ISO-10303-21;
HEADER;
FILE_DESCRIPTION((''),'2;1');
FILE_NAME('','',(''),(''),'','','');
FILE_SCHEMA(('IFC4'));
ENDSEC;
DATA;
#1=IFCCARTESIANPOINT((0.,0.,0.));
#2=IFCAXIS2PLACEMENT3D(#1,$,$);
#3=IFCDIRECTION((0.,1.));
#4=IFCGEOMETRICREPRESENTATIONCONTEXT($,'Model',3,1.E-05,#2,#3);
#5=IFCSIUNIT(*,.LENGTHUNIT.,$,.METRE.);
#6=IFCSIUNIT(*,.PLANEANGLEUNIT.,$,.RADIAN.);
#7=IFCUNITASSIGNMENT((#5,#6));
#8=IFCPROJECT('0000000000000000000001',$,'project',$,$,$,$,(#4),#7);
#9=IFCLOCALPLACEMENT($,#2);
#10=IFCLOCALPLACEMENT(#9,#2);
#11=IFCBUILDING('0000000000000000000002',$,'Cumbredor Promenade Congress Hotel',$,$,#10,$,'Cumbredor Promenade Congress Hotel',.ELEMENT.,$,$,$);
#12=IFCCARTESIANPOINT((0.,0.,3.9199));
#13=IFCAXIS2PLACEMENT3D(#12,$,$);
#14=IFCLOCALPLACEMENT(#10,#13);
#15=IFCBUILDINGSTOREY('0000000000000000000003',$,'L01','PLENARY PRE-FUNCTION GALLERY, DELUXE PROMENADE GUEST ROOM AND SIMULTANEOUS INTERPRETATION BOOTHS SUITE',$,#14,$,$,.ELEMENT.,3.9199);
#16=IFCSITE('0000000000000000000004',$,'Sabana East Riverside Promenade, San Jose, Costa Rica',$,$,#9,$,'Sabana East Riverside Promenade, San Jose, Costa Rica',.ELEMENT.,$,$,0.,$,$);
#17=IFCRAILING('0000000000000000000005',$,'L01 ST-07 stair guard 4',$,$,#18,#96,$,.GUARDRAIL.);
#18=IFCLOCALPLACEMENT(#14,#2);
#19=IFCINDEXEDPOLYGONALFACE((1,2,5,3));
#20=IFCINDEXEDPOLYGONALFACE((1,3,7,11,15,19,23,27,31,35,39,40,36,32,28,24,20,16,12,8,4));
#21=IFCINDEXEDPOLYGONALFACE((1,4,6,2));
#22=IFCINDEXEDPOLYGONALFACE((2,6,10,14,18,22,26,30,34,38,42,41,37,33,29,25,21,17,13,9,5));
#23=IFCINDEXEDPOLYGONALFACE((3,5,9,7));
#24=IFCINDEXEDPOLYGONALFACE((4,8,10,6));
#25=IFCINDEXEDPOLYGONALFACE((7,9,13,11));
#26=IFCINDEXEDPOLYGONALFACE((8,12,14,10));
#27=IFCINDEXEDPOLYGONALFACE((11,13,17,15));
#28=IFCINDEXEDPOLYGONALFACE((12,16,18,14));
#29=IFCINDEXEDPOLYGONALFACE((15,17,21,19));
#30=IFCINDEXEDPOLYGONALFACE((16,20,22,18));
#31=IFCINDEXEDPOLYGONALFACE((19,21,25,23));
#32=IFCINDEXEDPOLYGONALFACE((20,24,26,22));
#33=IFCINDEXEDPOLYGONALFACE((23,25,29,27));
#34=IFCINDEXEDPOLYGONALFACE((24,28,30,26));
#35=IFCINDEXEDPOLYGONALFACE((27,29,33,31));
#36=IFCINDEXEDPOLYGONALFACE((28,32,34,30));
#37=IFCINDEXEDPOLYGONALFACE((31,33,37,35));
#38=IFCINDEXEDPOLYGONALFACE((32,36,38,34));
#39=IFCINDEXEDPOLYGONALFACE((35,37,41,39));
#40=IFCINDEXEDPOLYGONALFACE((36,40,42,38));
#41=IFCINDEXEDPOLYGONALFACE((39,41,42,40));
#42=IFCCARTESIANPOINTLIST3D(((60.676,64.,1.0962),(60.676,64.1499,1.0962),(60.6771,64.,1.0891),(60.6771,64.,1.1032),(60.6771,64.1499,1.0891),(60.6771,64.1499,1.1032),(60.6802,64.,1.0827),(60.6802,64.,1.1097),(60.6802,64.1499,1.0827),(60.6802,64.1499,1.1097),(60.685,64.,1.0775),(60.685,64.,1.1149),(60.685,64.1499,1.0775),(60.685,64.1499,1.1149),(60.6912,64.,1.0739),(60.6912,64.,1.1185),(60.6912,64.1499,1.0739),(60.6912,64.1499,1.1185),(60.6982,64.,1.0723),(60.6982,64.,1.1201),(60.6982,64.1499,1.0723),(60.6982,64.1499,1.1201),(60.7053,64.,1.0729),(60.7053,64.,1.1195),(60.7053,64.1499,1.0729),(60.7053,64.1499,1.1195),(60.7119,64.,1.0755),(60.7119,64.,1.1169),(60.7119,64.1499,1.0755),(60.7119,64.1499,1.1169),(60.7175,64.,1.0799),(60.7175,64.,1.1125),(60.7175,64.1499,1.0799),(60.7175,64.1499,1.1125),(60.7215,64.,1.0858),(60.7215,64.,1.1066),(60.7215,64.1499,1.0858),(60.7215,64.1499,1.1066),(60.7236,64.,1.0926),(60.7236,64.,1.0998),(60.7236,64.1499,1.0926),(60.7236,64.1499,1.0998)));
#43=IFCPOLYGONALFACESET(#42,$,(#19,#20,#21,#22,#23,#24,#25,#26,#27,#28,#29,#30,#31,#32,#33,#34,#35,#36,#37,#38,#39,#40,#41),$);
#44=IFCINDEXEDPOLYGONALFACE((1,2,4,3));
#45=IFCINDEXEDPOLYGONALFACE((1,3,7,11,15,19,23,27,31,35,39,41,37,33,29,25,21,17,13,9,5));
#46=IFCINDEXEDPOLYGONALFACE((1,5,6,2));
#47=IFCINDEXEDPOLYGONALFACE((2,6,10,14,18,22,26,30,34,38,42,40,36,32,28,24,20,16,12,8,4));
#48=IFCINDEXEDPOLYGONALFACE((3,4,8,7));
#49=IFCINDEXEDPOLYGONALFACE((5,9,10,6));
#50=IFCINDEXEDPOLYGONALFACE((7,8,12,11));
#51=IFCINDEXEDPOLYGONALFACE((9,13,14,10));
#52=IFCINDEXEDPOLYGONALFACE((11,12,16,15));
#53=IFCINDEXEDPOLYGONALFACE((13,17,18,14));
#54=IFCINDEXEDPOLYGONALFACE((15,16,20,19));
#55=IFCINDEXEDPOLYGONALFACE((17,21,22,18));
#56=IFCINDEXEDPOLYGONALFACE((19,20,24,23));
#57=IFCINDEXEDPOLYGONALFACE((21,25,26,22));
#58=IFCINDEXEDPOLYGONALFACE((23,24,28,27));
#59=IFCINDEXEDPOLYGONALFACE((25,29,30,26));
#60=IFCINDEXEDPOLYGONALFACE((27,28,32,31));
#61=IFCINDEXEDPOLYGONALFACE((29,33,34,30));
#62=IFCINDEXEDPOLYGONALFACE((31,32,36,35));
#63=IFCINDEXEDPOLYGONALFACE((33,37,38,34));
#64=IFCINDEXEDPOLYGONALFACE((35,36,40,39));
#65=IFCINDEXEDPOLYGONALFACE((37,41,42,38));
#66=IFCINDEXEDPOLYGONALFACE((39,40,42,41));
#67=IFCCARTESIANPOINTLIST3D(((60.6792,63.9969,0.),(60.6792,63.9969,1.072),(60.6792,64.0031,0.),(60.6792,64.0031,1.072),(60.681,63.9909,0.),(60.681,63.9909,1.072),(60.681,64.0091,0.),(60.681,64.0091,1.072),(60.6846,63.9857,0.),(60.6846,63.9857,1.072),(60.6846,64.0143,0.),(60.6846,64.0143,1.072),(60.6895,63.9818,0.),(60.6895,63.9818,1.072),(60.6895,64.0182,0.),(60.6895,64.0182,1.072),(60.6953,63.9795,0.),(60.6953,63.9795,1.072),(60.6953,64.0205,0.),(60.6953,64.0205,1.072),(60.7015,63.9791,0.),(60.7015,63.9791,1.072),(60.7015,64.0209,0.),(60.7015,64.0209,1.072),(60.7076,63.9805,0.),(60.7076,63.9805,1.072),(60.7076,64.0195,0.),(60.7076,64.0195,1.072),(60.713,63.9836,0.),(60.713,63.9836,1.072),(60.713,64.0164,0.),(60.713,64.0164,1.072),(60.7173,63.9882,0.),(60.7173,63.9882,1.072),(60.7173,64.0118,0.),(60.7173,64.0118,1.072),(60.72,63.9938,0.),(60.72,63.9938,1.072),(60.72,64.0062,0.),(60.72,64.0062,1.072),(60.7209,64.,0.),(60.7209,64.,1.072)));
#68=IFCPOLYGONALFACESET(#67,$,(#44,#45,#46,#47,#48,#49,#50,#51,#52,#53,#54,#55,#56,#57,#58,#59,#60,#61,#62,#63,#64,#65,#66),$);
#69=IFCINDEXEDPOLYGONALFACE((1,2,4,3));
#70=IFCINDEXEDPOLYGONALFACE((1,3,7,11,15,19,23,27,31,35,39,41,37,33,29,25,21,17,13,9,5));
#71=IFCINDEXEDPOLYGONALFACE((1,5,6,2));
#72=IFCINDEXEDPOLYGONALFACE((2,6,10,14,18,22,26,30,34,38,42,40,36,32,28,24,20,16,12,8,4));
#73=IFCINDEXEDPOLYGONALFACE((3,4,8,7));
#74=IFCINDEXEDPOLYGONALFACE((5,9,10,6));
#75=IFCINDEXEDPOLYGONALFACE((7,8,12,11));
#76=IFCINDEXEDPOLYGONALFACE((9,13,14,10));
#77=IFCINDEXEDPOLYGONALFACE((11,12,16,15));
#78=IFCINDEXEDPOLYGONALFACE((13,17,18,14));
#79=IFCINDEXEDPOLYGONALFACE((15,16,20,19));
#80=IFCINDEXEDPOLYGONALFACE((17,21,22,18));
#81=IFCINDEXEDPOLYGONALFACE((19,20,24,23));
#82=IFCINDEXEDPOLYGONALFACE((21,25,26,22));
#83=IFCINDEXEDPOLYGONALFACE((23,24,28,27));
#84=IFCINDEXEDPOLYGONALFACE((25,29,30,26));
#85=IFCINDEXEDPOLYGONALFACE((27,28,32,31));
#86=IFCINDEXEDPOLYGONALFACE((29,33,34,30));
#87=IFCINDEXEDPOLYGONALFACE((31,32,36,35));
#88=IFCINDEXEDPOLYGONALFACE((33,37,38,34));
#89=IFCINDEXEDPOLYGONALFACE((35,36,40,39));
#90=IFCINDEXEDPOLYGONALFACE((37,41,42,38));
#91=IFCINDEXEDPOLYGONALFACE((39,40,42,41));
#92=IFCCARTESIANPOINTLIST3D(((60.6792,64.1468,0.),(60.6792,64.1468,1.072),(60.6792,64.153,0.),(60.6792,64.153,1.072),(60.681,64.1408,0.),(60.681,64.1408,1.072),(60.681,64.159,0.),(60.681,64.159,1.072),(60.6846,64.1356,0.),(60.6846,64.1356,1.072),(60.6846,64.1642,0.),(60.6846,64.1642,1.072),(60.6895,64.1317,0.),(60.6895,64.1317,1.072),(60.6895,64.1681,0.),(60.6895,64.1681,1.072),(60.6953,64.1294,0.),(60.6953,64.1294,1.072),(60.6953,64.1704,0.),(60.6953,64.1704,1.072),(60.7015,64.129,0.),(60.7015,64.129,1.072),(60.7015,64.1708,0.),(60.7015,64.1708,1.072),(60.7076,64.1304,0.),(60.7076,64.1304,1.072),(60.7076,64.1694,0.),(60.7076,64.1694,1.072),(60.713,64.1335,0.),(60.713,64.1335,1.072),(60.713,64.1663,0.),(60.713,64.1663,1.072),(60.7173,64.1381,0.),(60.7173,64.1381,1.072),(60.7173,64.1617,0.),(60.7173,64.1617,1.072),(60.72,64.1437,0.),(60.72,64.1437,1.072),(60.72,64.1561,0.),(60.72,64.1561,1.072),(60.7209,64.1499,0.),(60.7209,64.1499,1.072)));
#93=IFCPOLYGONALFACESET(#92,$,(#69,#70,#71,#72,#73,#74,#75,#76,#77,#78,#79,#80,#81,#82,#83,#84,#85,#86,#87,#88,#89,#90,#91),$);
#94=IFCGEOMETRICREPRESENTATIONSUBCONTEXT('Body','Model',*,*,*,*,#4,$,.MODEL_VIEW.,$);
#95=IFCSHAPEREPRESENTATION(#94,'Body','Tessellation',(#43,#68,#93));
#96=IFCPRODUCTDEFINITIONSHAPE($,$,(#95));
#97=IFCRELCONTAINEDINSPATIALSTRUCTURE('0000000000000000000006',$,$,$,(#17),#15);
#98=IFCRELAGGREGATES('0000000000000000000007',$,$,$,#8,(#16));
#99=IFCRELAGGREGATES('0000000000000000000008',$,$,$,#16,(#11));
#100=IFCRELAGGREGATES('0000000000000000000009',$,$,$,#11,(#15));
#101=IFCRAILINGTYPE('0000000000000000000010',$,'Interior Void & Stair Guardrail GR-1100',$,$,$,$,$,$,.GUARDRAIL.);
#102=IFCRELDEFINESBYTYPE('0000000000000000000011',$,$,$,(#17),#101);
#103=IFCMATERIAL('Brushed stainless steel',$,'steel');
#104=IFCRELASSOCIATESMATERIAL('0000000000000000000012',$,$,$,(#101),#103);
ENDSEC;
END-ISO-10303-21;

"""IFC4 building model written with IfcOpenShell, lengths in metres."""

from ifc_helpers import new_model, si_unit, direction, frame, origin, origin_2d, place, context, subcontext, project, spatial, circle, extrude, material, type_object, element, save


model = new_model("IFC4")

# Units and contexts
model_context = context("Model", 3, precision=1e-05, world=origin(), true_north=direction((0.0, 1.0)))
body_context = subcontext(model_context, "Body", "Model", "MODEL_VIEW")
ifc_project = project(units=[si_unit("LENGTHUNIT", "METRE"), si_unit("PLANEANGLEUNIT", "RADIAN")], contexts=[model_context])

# Site, building, storey
site_placement = place(None, origin())
site = spatial("IfcSite", under=ifc_project, at=site_placement, Name="Sabana East Riverside Promenade, San Jose, Costa Rica", LongName="Sabana East Riverside Promenade, San Jose, Costa Rica", CompositionType="ELEMENT", RefElevation=0.0)
building_placement = place(site_placement, origin())
building = spatial("IfcBuilding", under=site, at=building_placement, Name="Cumbredor Promenade Congress Hotel", LongName="Cumbredor Promenade Congress Hotel", CompositionType="ELEMENT")
storey_placement = place(building_placement, frame((0.0, 0.0, 3.9199)))
storey = spatial("IfcBuildingStorey", under=building, at=storey_placement, Name="L01", Description="PLENARY PRE-FUNCTION GALLERY, DELUXE PROMENADE GUEST ROOM AND SIMULTANEOUS INTERPRETATION BOOTHS SUITE", CompositionType="ELEMENT", Elevation=3.9199)

# Railing
ifc_material_1 = material(Name="Brushed stainless steel", Category="steel")
railing_type = type_object("IfcRailingType", Name="Interior Void & Stair Guardrail GR-1100", PredefinedType="GUARDRAIL", material=ifc_material_1)
railing_1_placement = place(storey_placement, frame((60.7, 64.0, 0.0)))
element("IfcRailing", 1, at=railing_1_placement, inside=storey, type_object=railing_type, Name="L01 ST-07 stair guard 4", PredefinedType="GUARDRAIL", context=body_context, shape_type="SweptSolid", body=[
    extrude(circle(Radius=0.0239, at=origin_2d()), frame((0.0, 0.0, 1.0962), z_axis=(0.0, 1.0, 0.0), x_axis=(-1.0, 0.0, 0.0)), (0.0, 0.0, 1.0), 0.1499),
    extrude(circle(Radius=0.021, at=origin_2d()), origin(), (0.0, 0.0, 1.0), 1.072),
    extrude(circle(Radius=0.021, at=origin_2d()), frame((0.0, 0.1499, 0.0)), (0.0, 0.0, 1.0), 1.072),
])

save(model, "model.ifc")
